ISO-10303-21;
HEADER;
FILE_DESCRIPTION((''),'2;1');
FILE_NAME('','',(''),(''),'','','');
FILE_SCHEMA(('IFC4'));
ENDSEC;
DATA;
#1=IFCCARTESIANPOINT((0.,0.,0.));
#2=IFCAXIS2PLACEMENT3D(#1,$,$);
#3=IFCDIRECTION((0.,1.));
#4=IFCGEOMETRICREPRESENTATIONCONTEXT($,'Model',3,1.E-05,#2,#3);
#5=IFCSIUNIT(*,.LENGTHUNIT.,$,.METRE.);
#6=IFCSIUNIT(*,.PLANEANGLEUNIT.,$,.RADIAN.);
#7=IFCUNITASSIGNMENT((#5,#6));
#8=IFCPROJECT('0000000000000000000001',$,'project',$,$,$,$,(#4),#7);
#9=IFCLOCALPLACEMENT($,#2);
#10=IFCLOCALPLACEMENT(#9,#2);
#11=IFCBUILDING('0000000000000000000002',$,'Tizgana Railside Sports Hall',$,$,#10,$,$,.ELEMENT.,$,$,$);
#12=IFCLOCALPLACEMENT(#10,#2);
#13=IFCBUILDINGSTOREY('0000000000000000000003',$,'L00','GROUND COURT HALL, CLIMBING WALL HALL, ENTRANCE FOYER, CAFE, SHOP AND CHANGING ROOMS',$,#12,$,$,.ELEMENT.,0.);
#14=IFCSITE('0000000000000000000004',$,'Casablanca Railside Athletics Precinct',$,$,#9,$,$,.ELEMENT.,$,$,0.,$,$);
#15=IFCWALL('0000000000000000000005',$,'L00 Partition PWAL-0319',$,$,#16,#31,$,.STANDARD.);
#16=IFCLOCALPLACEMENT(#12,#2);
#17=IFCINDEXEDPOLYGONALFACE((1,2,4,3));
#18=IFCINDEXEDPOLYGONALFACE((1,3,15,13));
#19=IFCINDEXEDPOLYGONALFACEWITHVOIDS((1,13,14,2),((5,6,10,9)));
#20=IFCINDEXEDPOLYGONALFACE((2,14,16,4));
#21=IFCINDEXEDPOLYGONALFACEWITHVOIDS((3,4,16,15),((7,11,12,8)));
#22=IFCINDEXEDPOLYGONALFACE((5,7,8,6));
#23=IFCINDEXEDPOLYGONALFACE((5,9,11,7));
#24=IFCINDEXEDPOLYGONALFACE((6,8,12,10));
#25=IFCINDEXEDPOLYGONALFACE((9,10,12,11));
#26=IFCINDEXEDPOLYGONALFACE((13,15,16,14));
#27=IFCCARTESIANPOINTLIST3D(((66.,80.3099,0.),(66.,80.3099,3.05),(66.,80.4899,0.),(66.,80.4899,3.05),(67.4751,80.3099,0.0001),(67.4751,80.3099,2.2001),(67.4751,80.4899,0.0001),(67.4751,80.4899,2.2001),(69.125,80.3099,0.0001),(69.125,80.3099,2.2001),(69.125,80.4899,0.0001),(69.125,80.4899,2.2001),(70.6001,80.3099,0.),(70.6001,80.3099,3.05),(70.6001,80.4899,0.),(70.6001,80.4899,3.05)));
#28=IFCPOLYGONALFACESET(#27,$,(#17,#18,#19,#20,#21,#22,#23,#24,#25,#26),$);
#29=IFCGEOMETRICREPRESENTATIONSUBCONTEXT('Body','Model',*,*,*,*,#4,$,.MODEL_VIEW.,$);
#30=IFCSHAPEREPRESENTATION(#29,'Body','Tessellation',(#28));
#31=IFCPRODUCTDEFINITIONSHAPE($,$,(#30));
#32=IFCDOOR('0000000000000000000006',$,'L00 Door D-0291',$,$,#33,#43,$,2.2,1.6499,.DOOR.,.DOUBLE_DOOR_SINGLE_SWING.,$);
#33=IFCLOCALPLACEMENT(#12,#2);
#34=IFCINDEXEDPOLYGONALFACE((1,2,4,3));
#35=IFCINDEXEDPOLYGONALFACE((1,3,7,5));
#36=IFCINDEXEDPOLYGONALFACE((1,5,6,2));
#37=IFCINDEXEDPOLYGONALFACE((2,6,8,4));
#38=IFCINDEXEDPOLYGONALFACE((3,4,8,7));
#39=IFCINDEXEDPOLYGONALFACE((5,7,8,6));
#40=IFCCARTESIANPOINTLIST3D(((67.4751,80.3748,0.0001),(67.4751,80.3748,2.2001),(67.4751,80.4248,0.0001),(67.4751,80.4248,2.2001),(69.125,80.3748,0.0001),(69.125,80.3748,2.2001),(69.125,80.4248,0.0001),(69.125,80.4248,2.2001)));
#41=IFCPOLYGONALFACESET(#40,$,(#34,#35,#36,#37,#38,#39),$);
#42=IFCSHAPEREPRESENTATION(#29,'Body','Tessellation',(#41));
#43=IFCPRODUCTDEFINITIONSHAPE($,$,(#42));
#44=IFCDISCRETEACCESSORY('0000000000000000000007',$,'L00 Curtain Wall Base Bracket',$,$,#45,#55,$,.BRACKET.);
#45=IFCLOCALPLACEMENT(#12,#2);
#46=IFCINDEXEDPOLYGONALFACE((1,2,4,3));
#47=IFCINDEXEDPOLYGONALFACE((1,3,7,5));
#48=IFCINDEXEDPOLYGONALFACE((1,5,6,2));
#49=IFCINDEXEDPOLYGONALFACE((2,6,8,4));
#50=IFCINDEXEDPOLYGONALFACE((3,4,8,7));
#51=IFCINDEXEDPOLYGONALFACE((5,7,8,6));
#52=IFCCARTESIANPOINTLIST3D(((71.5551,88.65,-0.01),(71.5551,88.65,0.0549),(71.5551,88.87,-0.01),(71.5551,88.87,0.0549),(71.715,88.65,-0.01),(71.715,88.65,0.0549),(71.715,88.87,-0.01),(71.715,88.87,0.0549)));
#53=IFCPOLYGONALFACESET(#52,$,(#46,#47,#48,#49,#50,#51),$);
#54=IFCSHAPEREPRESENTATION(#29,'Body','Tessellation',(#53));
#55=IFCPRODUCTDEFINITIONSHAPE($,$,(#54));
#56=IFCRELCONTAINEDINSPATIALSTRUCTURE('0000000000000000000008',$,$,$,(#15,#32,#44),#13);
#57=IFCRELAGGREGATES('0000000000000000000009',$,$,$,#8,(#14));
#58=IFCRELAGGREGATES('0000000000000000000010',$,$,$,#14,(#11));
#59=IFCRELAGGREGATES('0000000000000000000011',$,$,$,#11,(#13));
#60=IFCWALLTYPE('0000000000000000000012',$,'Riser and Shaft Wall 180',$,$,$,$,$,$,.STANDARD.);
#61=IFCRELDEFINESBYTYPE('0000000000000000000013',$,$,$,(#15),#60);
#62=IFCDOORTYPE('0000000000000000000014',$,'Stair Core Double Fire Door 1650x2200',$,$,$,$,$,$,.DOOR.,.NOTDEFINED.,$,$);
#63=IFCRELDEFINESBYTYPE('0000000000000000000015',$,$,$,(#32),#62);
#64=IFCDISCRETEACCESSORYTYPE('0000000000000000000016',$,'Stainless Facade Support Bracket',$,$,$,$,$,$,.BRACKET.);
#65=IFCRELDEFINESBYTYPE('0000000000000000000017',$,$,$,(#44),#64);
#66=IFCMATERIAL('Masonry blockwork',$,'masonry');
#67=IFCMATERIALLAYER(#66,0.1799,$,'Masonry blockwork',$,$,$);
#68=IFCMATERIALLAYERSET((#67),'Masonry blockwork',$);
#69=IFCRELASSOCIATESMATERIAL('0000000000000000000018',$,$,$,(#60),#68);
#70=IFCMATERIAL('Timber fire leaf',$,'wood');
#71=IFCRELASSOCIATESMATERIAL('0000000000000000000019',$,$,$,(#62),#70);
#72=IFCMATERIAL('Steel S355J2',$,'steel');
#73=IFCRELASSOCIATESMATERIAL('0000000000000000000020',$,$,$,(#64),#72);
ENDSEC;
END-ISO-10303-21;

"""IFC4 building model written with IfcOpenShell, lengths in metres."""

from ifc_helpers import new_model, si_unit, direction, frame, frame_2d, origin, origin_2d, place, context, subcontext, project, spatial, rectangle, extrude, material, layer, layer_set, type_object, element, fill, save


model = new_model("IFC4")

# Units and contexts
model_context = context("Model", 3, precision=1e-05, world=origin(), true_north=direction((0.0, 1.0)))
body_context = subcontext(model_context, "Body", "Model", "MODEL_VIEW")
ifc_project = project(units=[si_unit("LENGTHUNIT", "METRE"), si_unit("PLANEANGLEUNIT", "RADIAN")], contexts=[model_context])

# Site, building, storey
site_placement = place(None, origin())
site = spatial("IfcSite", under=ifc_project, at=site_placement, Name="Casablanca Railside Athletics Precinct", CompositionType="ELEMENT", RefElevation=0.0)
building_placement = place(site_placement, origin())
building = spatial("IfcBuilding", under=site, at=building_placement, Name="Tizgana Railside Sports Hall", CompositionType="ELEMENT")
storey_placement = place(building_placement, origin())
storey = spatial("IfcBuildingStorey", under=building, at=storey_placement, Name="L00", Description="GROUND COURT HALL, CLIMBING WALL HALL, ENTRANCE FOYER, CAFE, SHOP AND CHANGING ROOMS", CompositionType="ELEMENT", Elevation=0.0)

# Shared definitions
ifc_material_1 = material(Name="Steel S355J2", Category="steel")

# Shared definitions
ifc_material_2 = material(Name="Masonry blockwork", Category="masonry")
ifc_layer_1 = layer(ifc_material_2, 0.1799, Name="Masonry blockwork")
ifc_layer_set_1 = layer_set([ifc_layer_1], Name="Masonry blockwork")
wall_type_1 = type_object("IfcWallType", Name="Riser and Shaft Wall 180", PredefinedType="STANDARD", material=ifc_layer_set_1)

# Wall, opening, door
wall_1_placement = place(storey_placement, frame((66.0, 80.3999, 0.0), z_axis=(0.0, 0.0, 1.0), x_axis=(1.0, 0.0, 0.0)))
wall_1 = element("IfcWall", 1, at=wall_1_placement, inside=storey, type_object=wall_type_1, Name="L00 Partition PWAL-0319", PredefinedType="STANDARD", context=body_context, shape_type="SweptSolid", body=[
    extrude(rectangle(XDim=4.6001, YDim=0.1799, at=frame_2d((2.3, 0.0))), origin(), (0.0, 0.0, 1.0), 3.05),
])
opening_1_placement = place(wall_1_placement, frame((1.4751, 0.0, 0.0)))
opening_1 = element("IfcOpeningElement", 2, at=opening_1_placement, cuts=wall_1, PredefinedType="OPENING", context=body_context, shape_type="SweptSolid", body=[
    extrude(rectangle(XDim=1.6499, YDim=2.2, at=frame_2d((0.825, 1.1001))), frame((0.0, 0.0999, 0.0), z_axis=(0.0, -1.0, 0.0), x_axis=(1.0, 0.0, 0.0)), (0.0, 0.0, 1.0), 0.2),
])
ifc_material_3 = material(Name="Timber fire leaf", Category="wood")
door_type_1 = type_object("IfcDoorType", Name="Stair Core Double Fire Door 1650x2200", OperationType="NOTDEFINED", PredefinedType="DOOR", material=ifc_material_3)
door_1_placement = place(opening_1_placement, origin())
door_1 = element("IfcDoor", 3, at=door_1_placement, inside=storey, type_object=door_type_1, Name="L00 Door D-0291", OperationType="DOUBLE_DOOR_SINGLE_SWING", OverallHeight=2.2, OverallWidth=1.6499, PredefinedType="DOOR", context=body_context, shape_type="SweptSolid", body=[
    extrude(rectangle(XDim=1.6499, YDim=2.2, at=frame_2d((0.825, 1.1001))), frame((0.0, 0.0249, 0.0), z_axis=(0.0, -1.0, 0.0), x_axis=(1.0, 0.0, 0.0)), (0.0, 0.0, 1.0), 0.05),
])
fill(opening_1, door_1)

# Discrete accessory
discrete_accessory_type = type_object("IfcDiscreteAccessoryType", Name="Stainless Facade Support Bracket", PredefinedType="BRACKET", material=ifc_material_1)
discrete_accessory_placement = place(storey_placement, frame((71.635, 88.76, -0.01), z_axis=(0.0, 0.0, 1.0), x_axis=(1.0, 0.0, 0.0)))
element("IfcDiscreteAccessory", 4, at=discrete_accessory_placement, inside=storey, type_object=discrete_accessory_type, Name="L00 Curtain Wall Base Bracket", PredefinedType="BRACKET", context=body_context, shape_type="SweptSolid", body=[
    extrude(rectangle(XDim=0.1599, YDim=0.22, at=origin_2d()), origin(), (0.0, 0.0, 1.0), 0.0649),
])

save(model, "model.ifc")
